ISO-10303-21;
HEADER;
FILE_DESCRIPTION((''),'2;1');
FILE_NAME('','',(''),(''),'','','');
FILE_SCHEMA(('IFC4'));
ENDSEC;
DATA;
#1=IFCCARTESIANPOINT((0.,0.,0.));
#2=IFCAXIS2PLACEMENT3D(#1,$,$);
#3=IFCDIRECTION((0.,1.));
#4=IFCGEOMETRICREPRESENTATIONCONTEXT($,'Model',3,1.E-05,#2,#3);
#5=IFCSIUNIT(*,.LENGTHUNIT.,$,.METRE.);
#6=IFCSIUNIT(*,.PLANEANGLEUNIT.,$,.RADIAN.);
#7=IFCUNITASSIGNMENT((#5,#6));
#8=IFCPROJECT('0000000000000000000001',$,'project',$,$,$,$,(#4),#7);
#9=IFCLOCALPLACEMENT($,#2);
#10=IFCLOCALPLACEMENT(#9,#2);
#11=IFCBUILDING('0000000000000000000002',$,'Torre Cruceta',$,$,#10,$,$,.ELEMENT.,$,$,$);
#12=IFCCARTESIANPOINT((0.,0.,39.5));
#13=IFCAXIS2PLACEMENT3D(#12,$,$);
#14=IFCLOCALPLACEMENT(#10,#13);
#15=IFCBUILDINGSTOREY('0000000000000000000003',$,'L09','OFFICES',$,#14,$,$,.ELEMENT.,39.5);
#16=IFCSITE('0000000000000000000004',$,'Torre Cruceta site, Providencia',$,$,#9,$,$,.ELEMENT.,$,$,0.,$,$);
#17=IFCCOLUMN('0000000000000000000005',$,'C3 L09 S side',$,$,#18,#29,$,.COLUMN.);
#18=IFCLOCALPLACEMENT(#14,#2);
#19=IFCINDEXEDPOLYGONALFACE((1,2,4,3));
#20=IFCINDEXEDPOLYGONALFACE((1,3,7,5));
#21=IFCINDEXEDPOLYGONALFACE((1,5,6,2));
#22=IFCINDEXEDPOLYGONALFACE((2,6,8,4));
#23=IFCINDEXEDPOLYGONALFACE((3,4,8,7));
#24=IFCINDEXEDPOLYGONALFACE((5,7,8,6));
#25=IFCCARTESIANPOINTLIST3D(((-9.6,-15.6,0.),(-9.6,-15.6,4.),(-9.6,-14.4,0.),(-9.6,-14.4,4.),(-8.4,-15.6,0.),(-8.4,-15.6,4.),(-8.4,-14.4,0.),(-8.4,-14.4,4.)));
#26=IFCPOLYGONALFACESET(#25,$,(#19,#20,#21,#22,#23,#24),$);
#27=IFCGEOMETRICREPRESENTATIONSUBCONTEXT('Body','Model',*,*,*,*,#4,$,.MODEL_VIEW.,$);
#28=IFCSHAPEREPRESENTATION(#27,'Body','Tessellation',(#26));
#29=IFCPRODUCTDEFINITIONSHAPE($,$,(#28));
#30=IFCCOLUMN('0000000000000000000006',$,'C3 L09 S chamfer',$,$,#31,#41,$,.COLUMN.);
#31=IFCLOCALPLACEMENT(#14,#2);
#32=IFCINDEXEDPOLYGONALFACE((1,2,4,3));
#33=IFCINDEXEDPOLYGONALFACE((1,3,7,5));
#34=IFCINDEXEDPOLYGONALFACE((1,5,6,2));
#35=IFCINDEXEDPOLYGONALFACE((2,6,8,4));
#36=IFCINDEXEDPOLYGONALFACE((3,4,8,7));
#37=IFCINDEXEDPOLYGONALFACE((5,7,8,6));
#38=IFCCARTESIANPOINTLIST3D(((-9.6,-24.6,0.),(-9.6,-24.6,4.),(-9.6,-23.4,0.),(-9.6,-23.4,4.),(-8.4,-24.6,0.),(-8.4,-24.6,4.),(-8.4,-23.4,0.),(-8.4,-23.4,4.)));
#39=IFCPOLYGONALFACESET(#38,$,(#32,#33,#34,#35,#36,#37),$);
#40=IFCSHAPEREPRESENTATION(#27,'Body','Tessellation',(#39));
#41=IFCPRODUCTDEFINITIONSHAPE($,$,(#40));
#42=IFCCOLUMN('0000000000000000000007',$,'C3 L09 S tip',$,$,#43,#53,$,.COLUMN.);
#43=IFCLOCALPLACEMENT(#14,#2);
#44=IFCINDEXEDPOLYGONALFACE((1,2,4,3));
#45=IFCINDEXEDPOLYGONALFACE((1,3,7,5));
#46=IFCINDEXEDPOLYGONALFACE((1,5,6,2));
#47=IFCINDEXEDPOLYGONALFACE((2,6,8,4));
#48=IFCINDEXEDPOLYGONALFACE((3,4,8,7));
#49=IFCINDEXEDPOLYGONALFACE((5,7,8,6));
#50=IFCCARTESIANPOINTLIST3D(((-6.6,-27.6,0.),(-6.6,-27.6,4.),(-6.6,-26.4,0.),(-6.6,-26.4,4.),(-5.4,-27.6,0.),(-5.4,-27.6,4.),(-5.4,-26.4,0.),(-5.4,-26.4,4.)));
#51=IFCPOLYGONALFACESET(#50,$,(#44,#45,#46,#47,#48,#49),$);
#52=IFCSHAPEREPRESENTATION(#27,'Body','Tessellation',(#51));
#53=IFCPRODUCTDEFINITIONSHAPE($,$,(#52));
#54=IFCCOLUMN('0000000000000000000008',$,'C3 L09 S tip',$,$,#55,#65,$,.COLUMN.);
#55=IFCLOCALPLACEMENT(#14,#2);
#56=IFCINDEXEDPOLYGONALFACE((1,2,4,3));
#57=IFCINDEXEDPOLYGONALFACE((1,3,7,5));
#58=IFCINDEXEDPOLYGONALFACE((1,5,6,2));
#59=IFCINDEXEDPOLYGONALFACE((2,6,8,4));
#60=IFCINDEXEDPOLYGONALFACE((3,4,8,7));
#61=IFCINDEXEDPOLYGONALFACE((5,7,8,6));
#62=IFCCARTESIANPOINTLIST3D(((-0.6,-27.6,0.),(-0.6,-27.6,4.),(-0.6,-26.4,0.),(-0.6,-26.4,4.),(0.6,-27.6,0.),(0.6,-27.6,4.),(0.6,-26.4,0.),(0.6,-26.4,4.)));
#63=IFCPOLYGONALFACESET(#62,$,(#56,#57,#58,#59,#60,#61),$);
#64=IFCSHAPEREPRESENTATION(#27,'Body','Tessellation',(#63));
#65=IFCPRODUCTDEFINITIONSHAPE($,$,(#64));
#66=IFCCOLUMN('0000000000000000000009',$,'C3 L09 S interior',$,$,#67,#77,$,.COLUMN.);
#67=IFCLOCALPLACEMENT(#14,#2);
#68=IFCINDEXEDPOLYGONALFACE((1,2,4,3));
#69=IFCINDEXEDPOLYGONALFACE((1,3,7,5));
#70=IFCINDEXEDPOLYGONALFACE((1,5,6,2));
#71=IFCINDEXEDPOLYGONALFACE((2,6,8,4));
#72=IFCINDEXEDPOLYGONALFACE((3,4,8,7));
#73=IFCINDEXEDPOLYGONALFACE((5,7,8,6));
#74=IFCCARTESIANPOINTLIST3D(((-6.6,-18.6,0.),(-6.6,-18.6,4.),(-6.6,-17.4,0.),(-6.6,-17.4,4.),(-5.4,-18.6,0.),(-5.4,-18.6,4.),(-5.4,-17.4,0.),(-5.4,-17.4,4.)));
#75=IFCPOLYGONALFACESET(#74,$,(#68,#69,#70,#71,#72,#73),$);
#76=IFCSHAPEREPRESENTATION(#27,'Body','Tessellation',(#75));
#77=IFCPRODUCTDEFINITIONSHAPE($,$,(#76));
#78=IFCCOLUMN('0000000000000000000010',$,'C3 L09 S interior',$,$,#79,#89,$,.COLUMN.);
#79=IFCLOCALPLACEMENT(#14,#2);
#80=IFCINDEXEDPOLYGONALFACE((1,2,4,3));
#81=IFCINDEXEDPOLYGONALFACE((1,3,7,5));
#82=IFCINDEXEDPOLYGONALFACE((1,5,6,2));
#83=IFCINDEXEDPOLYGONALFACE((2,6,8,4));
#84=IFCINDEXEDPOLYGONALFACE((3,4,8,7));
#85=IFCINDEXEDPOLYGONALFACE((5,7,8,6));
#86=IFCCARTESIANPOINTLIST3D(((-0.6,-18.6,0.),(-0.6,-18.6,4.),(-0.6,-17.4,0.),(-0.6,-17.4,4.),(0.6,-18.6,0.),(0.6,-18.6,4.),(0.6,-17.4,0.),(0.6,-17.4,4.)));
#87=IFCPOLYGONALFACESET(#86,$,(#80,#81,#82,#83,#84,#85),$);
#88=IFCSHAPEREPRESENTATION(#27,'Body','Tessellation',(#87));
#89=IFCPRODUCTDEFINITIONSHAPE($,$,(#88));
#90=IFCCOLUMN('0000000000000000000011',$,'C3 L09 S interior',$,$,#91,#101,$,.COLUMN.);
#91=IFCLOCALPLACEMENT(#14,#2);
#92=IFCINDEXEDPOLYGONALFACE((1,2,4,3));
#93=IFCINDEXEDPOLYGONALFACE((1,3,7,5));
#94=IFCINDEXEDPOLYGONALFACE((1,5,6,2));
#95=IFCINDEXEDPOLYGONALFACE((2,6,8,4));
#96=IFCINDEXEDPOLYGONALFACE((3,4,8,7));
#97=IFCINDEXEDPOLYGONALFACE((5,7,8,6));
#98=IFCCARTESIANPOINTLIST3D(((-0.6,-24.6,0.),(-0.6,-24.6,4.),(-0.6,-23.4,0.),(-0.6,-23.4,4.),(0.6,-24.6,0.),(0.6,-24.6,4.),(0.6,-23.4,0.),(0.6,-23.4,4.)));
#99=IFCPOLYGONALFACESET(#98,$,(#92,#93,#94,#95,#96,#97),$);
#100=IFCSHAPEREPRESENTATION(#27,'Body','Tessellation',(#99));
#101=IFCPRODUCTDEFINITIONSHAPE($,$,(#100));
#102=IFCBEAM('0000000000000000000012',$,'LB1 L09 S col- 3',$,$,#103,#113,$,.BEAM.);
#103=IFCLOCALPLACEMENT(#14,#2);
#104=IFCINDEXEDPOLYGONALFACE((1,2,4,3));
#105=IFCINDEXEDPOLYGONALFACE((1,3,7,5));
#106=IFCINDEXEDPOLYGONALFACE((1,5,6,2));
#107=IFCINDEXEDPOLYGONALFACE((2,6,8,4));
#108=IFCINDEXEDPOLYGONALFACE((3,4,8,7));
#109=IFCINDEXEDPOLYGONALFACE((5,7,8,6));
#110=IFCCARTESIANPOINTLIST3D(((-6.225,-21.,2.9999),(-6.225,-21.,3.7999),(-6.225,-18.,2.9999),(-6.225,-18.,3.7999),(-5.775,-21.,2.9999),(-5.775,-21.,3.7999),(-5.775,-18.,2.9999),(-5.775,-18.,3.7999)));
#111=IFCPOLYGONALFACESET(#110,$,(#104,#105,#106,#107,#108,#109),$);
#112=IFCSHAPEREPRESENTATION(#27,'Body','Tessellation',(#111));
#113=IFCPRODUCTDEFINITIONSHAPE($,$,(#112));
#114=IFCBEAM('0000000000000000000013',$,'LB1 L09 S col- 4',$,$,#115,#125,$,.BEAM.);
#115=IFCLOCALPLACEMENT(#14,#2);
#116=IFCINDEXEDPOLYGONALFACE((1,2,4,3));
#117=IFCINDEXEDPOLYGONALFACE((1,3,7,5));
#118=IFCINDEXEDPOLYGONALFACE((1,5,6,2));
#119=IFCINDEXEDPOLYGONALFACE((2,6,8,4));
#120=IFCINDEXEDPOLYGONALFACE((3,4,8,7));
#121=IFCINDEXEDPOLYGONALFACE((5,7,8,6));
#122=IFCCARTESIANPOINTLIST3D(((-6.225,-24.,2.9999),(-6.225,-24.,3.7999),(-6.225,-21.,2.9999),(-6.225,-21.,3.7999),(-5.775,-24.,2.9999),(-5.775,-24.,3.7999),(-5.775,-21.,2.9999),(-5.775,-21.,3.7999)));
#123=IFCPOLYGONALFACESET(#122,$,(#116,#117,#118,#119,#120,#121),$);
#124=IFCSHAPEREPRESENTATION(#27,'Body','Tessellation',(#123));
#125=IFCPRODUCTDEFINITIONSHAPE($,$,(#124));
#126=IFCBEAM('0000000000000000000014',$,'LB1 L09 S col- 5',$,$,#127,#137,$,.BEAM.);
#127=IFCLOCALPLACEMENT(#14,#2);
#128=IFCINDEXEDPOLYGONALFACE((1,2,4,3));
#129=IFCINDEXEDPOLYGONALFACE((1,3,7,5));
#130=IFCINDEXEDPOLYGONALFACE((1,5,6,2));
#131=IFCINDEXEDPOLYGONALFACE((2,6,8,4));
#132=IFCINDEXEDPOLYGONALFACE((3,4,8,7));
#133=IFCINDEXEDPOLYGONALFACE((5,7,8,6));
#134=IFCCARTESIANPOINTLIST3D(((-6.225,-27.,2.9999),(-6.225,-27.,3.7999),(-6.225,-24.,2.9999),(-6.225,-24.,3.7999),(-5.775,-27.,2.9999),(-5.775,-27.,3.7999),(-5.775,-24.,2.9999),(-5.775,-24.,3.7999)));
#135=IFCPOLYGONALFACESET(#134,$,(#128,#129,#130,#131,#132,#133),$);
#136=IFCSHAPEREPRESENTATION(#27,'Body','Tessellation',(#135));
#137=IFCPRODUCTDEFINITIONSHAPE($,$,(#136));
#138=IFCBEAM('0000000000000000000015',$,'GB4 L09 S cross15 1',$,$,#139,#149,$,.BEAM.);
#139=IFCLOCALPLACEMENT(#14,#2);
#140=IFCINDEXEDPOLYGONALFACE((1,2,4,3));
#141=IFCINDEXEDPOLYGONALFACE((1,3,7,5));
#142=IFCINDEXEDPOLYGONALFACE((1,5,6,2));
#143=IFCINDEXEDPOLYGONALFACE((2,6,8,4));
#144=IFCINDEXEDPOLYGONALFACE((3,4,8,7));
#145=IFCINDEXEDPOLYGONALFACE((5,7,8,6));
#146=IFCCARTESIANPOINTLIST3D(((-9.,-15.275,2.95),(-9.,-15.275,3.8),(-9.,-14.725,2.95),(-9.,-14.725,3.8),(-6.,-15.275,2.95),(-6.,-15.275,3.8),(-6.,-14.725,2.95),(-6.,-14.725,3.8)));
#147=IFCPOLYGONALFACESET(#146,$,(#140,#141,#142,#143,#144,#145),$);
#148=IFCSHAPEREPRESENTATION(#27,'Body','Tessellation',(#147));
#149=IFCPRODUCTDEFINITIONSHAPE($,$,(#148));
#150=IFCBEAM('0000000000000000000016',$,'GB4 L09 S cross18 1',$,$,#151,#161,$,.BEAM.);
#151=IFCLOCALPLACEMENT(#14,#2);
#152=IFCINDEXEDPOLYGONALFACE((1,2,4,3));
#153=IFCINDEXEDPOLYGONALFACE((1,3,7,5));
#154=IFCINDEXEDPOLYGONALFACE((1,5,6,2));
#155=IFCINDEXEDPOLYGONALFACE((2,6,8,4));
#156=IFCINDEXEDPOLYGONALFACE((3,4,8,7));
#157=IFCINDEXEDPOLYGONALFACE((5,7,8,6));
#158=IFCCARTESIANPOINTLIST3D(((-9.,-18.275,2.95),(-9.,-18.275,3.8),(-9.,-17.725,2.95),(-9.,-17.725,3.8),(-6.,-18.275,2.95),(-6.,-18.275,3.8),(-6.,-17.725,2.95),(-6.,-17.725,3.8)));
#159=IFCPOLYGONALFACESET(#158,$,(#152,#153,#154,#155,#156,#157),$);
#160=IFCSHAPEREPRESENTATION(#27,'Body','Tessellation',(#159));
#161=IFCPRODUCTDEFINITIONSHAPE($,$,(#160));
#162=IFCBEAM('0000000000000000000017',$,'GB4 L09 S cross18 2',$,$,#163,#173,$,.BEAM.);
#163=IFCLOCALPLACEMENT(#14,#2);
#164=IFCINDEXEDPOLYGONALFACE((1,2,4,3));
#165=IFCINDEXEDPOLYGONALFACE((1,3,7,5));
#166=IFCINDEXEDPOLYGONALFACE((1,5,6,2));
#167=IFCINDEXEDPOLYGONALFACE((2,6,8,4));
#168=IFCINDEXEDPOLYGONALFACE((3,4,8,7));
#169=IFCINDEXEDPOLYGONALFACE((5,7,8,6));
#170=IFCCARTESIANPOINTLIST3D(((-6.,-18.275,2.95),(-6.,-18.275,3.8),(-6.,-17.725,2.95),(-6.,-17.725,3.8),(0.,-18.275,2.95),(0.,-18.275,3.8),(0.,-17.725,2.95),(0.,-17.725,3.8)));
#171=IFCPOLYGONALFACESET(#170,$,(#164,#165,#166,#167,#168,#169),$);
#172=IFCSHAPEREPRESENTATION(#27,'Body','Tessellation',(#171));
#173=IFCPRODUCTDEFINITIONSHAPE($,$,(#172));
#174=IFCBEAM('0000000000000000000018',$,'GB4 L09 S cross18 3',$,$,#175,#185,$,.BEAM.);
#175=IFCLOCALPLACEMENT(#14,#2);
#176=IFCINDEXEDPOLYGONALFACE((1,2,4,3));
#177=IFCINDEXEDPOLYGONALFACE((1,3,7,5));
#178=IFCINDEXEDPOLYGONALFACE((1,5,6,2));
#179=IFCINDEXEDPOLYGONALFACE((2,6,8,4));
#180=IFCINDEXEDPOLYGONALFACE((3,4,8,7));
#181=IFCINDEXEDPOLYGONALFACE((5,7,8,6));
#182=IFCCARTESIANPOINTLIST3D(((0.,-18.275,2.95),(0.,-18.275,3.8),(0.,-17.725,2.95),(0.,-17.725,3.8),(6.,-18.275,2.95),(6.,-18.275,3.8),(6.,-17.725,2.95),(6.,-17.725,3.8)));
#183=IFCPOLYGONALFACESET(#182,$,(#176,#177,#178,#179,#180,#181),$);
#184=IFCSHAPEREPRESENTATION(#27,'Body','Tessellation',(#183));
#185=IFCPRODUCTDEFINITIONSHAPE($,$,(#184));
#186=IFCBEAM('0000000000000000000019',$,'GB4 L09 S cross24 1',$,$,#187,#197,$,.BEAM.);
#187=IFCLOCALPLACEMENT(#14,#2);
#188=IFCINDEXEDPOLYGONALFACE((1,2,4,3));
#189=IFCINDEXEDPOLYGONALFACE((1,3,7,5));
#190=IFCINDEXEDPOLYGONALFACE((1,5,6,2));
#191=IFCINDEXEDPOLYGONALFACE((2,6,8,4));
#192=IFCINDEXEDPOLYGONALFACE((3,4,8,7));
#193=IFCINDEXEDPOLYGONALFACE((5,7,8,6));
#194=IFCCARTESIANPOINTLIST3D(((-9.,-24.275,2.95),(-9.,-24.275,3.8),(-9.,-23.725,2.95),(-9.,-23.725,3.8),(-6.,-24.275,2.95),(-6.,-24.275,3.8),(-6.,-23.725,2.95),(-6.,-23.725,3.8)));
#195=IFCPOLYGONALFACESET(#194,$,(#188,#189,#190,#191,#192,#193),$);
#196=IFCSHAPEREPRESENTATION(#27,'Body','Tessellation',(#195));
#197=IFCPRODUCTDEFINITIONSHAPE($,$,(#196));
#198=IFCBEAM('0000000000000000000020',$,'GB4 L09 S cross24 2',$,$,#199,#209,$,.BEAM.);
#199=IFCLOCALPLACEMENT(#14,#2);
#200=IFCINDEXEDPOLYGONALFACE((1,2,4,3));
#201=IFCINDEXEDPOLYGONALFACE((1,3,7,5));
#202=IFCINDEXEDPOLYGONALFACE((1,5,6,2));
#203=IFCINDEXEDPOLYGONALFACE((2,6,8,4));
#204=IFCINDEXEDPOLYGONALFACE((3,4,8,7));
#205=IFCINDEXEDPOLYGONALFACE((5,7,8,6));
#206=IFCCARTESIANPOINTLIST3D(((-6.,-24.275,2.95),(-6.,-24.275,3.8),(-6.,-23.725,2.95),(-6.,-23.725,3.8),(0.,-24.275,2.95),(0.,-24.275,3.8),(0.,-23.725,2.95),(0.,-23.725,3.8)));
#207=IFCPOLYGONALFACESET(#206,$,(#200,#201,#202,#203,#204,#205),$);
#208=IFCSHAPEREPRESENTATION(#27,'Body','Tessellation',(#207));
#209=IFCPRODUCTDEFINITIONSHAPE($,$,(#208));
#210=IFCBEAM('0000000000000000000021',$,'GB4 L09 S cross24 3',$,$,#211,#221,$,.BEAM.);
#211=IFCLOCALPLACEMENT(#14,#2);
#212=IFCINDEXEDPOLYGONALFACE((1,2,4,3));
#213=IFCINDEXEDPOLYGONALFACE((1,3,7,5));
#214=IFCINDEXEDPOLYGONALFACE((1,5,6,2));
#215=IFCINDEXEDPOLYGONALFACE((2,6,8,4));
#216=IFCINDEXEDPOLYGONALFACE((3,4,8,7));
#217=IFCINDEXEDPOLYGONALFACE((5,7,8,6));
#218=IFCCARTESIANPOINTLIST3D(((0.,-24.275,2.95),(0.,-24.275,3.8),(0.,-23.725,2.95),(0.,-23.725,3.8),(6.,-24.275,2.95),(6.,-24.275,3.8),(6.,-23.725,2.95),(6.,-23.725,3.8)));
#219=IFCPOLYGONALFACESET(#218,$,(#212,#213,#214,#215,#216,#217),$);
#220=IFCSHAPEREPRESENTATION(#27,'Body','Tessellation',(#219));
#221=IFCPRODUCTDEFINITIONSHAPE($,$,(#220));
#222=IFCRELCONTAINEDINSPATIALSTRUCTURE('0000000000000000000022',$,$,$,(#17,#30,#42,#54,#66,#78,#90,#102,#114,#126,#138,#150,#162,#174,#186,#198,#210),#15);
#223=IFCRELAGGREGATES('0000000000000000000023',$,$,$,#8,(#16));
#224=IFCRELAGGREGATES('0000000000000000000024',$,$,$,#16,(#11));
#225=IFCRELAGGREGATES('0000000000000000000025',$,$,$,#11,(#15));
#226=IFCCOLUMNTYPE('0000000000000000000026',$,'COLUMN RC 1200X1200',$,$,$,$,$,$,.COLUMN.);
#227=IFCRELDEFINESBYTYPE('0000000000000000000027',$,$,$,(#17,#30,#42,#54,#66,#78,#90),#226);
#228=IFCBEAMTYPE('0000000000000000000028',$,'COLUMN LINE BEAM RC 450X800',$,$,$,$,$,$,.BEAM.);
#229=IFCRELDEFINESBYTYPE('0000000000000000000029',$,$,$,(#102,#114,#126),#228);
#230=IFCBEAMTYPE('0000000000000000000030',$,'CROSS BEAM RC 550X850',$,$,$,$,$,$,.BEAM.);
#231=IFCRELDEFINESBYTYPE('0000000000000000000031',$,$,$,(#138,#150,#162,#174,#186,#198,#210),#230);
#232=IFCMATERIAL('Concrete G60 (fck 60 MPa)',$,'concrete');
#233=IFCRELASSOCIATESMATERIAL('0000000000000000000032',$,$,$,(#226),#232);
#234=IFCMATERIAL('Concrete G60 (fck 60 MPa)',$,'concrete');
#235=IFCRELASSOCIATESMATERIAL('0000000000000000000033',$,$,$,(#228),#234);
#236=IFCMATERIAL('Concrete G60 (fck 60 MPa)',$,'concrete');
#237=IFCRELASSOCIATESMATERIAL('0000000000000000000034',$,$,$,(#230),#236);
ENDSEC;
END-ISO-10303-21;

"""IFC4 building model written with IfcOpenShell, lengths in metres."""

from ifc_helpers import new_model, si_unit, direction, frame, origin, origin_2d, place, context, subcontext, project, spatial, rectangle, extrude, material, material_profile, profile_set, type_object, element, save


model = new_model("IFC4")

# Units and contexts
model_context = context("Model", 3, precision=1e-05, world=origin(), true_north=direction((0.0, 1.0)))
body_context = subcontext(model_context, "Body", "Model", "MODEL_VIEW")
ifc_project = project(units=[si_unit("LENGTHUNIT", "METRE"), si_unit("PLANEANGLEUNIT", "RADIAN")], contexts=[model_context])

# Site, building, storey
site_placement = place(None, origin())
site = spatial("IfcSite", under=ifc_project, at=site_placement, Name="Torre Cruceta site, Providencia", CompositionType="ELEMENT", RefElevation=0.0)
building_placement = place(site_placement, origin())
building = spatial("IfcBuilding", under=site, at=building_placement, Name="Torre Cruceta", CompositionType="ELEMENT")
storey_placement = place(building_placement, frame((0.0, 0.0, 39.5)))
storey = spatial("IfcBuildingStorey", under=building, at=storey_placement, Name="L09", Description="OFFICES", CompositionType="ELEMENT", Elevation=39.5)

# Columns
ifc_material_1 = material(Name="Concrete G60 (fck 60 MPa)", Category="concrete")
ifc_material_profile_1 = material_profile(ifc_material_1, rectangle(XDim=1.2, YDim=1.2, at=origin_2d()), Name="RC 1200X1200")
ifc_profile_set_1 = profile_set([ifc_material_profile_1], Name="Concrete G60 (fck 60 MPa)")
column_type = type_object("IfcColumnType", Name="COLUMN RC 1200X1200", PredefinedType="COLUMN", material=ifc_profile_set_1)
for number, where, z_axis, x_axis, name in (
    (1, (-9.0, -15.0, 0.0), (0.0, 0.0, 1.0), (1.0, 0.0, 0.0), "C3 L09 S side"),
    (2, (-9.0, -24.0, 0.0), (0.0, 0.0, 1.0), (1.0, 0.0, 0.0), "C3 L09 S chamfer"),
    (3, (-6.0, -27.0, 0.0), (0.0, 0.0, 1.0), (1.0, 0.0, 0.0), "C3 L09 S tip"),
    (4, (0.0, -27.0, 0.0), (0.0, 0.0, 1.0), (1.0, 0.0, 0.0), "C3 L09 S tip"),
    (5, (-6.0, -18.0, 0.0), (0.0, 0.0, 1.0), (1.0, 0.0, 0.0), "C3 L09 S interior"),
    (6, (0.0, -18.0, 0.0), (0.0, 0.0, 1.0), (1.0, 0.0, 0.0), "C3 L09 S interior"),
    (7, (0.0, -24.0, 0.0), (0.0, 0.0, 1.0), (1.0, 0.0, 0.0), "C3 L09 S interior"),
):
    element("IfcColumn", number, at=place(storey_placement, frame(where, z_axis=z_axis, x_axis=x_axis)), inside=storey, type_object=column_type, Name=name, PredefinedType="COLUMN", context=body_context, shape_type="SweptSolid", body=[
        extrude(rectangle(XDim=1.2, YDim=1.2, at=origin_2d()), origin(), (0.0, 0.0, 1.0), 4.0),
    ])

# Beams
ifc_material_2 = material(Name="Concrete G60 (fck 60 MPa)", Category="concrete")
ifc_material_profile_2 = material_profile(ifc_material_2, rectangle(XDim=0.45, YDim=0.8, at=origin_2d()), Name="RC 450X800")
ifc_profile_set_2 = profile_set([ifc_material_profile_2], Name="Concrete G60 (fck 60 MPa)")
beam_type_1 = type_object("IfcBeamType", Name="COLUMN LINE BEAM RC 450X800", PredefinedType="BEAM", material=ifc_profile_set_2)
for number, where, z_axis, x_axis, name in (
    (8, (-6.0, -18.0, 3.3999), (0.0, -1.0, 0.0), (1.0, 0.0, 0.0), "LB1 L09 S col- 3"),
    (9, (-6.0, -21.0, 3.3999), (0.0, -1.0, 0.0), (1.0, 0.0, 0.0), "LB1 L09 S col- 4"),
    (10, (-6.0, -24.0, 3.3999), (0.0, -1.0, 0.0), (1.0, 0.0, 0.0), "LB1 L09 S col- 5"),
):
    element("IfcBeam", number, at=place(storey_placement, frame(where, z_axis=z_axis, x_axis=x_axis)), inside=storey, type_object=beam_type_1, Name=name, PredefinedType="BEAM", context=body_context, shape_type="SweptSolid", body=[
        extrude(rectangle(XDim=0.45, YDim=0.8, at=origin_2d()), origin(), (0.0, 0.0, 1.0), 3.0),
    ])
ifc_material_3 = material(Name="Concrete G60 (fck 60 MPa)", Category="concrete")
ifc_material_profile_3 = material_profile(ifc_material_3, rectangle(XDim=0.55, YDim=0.8501, at=origin_2d()), Name="RC 550X850")
ifc_profile_set_3 = profile_set([ifc_material_profile_3], Name="Concrete G60 (fck 60 MPa)")
beam_type_2 = type_object("IfcBeamType", Name="CROSS BEAM RC 550X850", PredefinedType="BEAM", material=ifc_profile_set_3)
for number, where, z_axis, x_axis, name in (
    (11, (-9.0, -15.0, 3.375), (1.0, 0.0, 0.0), (0.0, 1.0, 0.0), "GB4 L09 S cross15 1"),
    (12, (-9.0, -18.0, 3.375), (1.0, 0.0, 0.0), (0.0, 1.0, 0.0), "GB4 L09 S cross18 1"),
):
    element("IfcBeam", number, at=place(storey_placement, frame(where, z_axis=z_axis, x_axis=x_axis)), inside=storey, type_object=beam_type_2, Name=name, PredefinedType="BEAM", context=body_context, shape_type="SweptSolid", body=[
        extrude(rectangle(XDim=0.55, YDim=0.8501, at=origin_2d()), origin(), (0.0, 0.0, 1.0), 3.0),
    ])
for number, where, z_axis, x_axis, name in (
    (13, (-6.0, -18.0, 3.375), (1.0, 0.0, 0.0), (0.0, 1.0, 0.0), "GB4 L09 S cross18 2"),
    (14, (0.0, -18.0, 3.375), (1.0, 0.0, 0.0), (0.0, 1.0, 0.0), "GB4 L09 S cross18 3"),
):
    element("IfcBeam", number, at=place(storey_placement, frame(where, z_axis=z_axis, x_axis=x_axis)), inside=storey, type_object=beam_type_2, Name=name, PredefinedType="BEAM", context=body_context, shape_type="SweptSolid", body=[
        extrude(rectangle(XDim=0.55, YDim=0.8501, at=origin_2d()), origin(), (0.0, 0.0, 1.0), 6.0),
    ])
beam_1_placement = place(storey_placement, frame((-9.0, -24.0, 3.375), z_axis=(1.0, 0.0, 0.0), x_axis=(0.0, 1.0, 0.0)))
element("IfcBeam", 15, at=beam_1_placement, inside=storey, type_object=beam_type_2, Name="GB4 L09 S cross24 1", PredefinedType="BEAM", context=body_context, shape_type="SweptSolid", body=[
    extrude(rectangle(XDim=0.55, YDim=0.8501, at=origin_2d()), origin(), (0.0, 0.0, 1.0), 3.0),
])
for number, where, z_axis, x_axis, name in (
    (16, (-6.0, -24.0, 3.375), (1.0, 0.0, 0.0), (0.0, 1.0, 0.0), "GB4 L09 S cross24 2"),
    (17, (0.0, -24.0, 3.375), (1.0, 0.0, 0.0), (0.0, 1.0, 0.0), "GB4 L09 S cross24 3"),
):
    element("IfcBeam", number, at=place(storey_placement, frame(where, z_axis=z_axis, x_axis=x_axis)), inside=storey, type_object=beam_type_2, Name=name, PredefinedType="BEAM", context=body_context, shape_type="SweptSolid", body=[
        extrude(rectangle(XDim=0.55, YDim=0.8501, at=origin_2d()), origin(), (0.0, 0.0, 1.0), 6.0),
    ])

save(model, "model.ifc")
